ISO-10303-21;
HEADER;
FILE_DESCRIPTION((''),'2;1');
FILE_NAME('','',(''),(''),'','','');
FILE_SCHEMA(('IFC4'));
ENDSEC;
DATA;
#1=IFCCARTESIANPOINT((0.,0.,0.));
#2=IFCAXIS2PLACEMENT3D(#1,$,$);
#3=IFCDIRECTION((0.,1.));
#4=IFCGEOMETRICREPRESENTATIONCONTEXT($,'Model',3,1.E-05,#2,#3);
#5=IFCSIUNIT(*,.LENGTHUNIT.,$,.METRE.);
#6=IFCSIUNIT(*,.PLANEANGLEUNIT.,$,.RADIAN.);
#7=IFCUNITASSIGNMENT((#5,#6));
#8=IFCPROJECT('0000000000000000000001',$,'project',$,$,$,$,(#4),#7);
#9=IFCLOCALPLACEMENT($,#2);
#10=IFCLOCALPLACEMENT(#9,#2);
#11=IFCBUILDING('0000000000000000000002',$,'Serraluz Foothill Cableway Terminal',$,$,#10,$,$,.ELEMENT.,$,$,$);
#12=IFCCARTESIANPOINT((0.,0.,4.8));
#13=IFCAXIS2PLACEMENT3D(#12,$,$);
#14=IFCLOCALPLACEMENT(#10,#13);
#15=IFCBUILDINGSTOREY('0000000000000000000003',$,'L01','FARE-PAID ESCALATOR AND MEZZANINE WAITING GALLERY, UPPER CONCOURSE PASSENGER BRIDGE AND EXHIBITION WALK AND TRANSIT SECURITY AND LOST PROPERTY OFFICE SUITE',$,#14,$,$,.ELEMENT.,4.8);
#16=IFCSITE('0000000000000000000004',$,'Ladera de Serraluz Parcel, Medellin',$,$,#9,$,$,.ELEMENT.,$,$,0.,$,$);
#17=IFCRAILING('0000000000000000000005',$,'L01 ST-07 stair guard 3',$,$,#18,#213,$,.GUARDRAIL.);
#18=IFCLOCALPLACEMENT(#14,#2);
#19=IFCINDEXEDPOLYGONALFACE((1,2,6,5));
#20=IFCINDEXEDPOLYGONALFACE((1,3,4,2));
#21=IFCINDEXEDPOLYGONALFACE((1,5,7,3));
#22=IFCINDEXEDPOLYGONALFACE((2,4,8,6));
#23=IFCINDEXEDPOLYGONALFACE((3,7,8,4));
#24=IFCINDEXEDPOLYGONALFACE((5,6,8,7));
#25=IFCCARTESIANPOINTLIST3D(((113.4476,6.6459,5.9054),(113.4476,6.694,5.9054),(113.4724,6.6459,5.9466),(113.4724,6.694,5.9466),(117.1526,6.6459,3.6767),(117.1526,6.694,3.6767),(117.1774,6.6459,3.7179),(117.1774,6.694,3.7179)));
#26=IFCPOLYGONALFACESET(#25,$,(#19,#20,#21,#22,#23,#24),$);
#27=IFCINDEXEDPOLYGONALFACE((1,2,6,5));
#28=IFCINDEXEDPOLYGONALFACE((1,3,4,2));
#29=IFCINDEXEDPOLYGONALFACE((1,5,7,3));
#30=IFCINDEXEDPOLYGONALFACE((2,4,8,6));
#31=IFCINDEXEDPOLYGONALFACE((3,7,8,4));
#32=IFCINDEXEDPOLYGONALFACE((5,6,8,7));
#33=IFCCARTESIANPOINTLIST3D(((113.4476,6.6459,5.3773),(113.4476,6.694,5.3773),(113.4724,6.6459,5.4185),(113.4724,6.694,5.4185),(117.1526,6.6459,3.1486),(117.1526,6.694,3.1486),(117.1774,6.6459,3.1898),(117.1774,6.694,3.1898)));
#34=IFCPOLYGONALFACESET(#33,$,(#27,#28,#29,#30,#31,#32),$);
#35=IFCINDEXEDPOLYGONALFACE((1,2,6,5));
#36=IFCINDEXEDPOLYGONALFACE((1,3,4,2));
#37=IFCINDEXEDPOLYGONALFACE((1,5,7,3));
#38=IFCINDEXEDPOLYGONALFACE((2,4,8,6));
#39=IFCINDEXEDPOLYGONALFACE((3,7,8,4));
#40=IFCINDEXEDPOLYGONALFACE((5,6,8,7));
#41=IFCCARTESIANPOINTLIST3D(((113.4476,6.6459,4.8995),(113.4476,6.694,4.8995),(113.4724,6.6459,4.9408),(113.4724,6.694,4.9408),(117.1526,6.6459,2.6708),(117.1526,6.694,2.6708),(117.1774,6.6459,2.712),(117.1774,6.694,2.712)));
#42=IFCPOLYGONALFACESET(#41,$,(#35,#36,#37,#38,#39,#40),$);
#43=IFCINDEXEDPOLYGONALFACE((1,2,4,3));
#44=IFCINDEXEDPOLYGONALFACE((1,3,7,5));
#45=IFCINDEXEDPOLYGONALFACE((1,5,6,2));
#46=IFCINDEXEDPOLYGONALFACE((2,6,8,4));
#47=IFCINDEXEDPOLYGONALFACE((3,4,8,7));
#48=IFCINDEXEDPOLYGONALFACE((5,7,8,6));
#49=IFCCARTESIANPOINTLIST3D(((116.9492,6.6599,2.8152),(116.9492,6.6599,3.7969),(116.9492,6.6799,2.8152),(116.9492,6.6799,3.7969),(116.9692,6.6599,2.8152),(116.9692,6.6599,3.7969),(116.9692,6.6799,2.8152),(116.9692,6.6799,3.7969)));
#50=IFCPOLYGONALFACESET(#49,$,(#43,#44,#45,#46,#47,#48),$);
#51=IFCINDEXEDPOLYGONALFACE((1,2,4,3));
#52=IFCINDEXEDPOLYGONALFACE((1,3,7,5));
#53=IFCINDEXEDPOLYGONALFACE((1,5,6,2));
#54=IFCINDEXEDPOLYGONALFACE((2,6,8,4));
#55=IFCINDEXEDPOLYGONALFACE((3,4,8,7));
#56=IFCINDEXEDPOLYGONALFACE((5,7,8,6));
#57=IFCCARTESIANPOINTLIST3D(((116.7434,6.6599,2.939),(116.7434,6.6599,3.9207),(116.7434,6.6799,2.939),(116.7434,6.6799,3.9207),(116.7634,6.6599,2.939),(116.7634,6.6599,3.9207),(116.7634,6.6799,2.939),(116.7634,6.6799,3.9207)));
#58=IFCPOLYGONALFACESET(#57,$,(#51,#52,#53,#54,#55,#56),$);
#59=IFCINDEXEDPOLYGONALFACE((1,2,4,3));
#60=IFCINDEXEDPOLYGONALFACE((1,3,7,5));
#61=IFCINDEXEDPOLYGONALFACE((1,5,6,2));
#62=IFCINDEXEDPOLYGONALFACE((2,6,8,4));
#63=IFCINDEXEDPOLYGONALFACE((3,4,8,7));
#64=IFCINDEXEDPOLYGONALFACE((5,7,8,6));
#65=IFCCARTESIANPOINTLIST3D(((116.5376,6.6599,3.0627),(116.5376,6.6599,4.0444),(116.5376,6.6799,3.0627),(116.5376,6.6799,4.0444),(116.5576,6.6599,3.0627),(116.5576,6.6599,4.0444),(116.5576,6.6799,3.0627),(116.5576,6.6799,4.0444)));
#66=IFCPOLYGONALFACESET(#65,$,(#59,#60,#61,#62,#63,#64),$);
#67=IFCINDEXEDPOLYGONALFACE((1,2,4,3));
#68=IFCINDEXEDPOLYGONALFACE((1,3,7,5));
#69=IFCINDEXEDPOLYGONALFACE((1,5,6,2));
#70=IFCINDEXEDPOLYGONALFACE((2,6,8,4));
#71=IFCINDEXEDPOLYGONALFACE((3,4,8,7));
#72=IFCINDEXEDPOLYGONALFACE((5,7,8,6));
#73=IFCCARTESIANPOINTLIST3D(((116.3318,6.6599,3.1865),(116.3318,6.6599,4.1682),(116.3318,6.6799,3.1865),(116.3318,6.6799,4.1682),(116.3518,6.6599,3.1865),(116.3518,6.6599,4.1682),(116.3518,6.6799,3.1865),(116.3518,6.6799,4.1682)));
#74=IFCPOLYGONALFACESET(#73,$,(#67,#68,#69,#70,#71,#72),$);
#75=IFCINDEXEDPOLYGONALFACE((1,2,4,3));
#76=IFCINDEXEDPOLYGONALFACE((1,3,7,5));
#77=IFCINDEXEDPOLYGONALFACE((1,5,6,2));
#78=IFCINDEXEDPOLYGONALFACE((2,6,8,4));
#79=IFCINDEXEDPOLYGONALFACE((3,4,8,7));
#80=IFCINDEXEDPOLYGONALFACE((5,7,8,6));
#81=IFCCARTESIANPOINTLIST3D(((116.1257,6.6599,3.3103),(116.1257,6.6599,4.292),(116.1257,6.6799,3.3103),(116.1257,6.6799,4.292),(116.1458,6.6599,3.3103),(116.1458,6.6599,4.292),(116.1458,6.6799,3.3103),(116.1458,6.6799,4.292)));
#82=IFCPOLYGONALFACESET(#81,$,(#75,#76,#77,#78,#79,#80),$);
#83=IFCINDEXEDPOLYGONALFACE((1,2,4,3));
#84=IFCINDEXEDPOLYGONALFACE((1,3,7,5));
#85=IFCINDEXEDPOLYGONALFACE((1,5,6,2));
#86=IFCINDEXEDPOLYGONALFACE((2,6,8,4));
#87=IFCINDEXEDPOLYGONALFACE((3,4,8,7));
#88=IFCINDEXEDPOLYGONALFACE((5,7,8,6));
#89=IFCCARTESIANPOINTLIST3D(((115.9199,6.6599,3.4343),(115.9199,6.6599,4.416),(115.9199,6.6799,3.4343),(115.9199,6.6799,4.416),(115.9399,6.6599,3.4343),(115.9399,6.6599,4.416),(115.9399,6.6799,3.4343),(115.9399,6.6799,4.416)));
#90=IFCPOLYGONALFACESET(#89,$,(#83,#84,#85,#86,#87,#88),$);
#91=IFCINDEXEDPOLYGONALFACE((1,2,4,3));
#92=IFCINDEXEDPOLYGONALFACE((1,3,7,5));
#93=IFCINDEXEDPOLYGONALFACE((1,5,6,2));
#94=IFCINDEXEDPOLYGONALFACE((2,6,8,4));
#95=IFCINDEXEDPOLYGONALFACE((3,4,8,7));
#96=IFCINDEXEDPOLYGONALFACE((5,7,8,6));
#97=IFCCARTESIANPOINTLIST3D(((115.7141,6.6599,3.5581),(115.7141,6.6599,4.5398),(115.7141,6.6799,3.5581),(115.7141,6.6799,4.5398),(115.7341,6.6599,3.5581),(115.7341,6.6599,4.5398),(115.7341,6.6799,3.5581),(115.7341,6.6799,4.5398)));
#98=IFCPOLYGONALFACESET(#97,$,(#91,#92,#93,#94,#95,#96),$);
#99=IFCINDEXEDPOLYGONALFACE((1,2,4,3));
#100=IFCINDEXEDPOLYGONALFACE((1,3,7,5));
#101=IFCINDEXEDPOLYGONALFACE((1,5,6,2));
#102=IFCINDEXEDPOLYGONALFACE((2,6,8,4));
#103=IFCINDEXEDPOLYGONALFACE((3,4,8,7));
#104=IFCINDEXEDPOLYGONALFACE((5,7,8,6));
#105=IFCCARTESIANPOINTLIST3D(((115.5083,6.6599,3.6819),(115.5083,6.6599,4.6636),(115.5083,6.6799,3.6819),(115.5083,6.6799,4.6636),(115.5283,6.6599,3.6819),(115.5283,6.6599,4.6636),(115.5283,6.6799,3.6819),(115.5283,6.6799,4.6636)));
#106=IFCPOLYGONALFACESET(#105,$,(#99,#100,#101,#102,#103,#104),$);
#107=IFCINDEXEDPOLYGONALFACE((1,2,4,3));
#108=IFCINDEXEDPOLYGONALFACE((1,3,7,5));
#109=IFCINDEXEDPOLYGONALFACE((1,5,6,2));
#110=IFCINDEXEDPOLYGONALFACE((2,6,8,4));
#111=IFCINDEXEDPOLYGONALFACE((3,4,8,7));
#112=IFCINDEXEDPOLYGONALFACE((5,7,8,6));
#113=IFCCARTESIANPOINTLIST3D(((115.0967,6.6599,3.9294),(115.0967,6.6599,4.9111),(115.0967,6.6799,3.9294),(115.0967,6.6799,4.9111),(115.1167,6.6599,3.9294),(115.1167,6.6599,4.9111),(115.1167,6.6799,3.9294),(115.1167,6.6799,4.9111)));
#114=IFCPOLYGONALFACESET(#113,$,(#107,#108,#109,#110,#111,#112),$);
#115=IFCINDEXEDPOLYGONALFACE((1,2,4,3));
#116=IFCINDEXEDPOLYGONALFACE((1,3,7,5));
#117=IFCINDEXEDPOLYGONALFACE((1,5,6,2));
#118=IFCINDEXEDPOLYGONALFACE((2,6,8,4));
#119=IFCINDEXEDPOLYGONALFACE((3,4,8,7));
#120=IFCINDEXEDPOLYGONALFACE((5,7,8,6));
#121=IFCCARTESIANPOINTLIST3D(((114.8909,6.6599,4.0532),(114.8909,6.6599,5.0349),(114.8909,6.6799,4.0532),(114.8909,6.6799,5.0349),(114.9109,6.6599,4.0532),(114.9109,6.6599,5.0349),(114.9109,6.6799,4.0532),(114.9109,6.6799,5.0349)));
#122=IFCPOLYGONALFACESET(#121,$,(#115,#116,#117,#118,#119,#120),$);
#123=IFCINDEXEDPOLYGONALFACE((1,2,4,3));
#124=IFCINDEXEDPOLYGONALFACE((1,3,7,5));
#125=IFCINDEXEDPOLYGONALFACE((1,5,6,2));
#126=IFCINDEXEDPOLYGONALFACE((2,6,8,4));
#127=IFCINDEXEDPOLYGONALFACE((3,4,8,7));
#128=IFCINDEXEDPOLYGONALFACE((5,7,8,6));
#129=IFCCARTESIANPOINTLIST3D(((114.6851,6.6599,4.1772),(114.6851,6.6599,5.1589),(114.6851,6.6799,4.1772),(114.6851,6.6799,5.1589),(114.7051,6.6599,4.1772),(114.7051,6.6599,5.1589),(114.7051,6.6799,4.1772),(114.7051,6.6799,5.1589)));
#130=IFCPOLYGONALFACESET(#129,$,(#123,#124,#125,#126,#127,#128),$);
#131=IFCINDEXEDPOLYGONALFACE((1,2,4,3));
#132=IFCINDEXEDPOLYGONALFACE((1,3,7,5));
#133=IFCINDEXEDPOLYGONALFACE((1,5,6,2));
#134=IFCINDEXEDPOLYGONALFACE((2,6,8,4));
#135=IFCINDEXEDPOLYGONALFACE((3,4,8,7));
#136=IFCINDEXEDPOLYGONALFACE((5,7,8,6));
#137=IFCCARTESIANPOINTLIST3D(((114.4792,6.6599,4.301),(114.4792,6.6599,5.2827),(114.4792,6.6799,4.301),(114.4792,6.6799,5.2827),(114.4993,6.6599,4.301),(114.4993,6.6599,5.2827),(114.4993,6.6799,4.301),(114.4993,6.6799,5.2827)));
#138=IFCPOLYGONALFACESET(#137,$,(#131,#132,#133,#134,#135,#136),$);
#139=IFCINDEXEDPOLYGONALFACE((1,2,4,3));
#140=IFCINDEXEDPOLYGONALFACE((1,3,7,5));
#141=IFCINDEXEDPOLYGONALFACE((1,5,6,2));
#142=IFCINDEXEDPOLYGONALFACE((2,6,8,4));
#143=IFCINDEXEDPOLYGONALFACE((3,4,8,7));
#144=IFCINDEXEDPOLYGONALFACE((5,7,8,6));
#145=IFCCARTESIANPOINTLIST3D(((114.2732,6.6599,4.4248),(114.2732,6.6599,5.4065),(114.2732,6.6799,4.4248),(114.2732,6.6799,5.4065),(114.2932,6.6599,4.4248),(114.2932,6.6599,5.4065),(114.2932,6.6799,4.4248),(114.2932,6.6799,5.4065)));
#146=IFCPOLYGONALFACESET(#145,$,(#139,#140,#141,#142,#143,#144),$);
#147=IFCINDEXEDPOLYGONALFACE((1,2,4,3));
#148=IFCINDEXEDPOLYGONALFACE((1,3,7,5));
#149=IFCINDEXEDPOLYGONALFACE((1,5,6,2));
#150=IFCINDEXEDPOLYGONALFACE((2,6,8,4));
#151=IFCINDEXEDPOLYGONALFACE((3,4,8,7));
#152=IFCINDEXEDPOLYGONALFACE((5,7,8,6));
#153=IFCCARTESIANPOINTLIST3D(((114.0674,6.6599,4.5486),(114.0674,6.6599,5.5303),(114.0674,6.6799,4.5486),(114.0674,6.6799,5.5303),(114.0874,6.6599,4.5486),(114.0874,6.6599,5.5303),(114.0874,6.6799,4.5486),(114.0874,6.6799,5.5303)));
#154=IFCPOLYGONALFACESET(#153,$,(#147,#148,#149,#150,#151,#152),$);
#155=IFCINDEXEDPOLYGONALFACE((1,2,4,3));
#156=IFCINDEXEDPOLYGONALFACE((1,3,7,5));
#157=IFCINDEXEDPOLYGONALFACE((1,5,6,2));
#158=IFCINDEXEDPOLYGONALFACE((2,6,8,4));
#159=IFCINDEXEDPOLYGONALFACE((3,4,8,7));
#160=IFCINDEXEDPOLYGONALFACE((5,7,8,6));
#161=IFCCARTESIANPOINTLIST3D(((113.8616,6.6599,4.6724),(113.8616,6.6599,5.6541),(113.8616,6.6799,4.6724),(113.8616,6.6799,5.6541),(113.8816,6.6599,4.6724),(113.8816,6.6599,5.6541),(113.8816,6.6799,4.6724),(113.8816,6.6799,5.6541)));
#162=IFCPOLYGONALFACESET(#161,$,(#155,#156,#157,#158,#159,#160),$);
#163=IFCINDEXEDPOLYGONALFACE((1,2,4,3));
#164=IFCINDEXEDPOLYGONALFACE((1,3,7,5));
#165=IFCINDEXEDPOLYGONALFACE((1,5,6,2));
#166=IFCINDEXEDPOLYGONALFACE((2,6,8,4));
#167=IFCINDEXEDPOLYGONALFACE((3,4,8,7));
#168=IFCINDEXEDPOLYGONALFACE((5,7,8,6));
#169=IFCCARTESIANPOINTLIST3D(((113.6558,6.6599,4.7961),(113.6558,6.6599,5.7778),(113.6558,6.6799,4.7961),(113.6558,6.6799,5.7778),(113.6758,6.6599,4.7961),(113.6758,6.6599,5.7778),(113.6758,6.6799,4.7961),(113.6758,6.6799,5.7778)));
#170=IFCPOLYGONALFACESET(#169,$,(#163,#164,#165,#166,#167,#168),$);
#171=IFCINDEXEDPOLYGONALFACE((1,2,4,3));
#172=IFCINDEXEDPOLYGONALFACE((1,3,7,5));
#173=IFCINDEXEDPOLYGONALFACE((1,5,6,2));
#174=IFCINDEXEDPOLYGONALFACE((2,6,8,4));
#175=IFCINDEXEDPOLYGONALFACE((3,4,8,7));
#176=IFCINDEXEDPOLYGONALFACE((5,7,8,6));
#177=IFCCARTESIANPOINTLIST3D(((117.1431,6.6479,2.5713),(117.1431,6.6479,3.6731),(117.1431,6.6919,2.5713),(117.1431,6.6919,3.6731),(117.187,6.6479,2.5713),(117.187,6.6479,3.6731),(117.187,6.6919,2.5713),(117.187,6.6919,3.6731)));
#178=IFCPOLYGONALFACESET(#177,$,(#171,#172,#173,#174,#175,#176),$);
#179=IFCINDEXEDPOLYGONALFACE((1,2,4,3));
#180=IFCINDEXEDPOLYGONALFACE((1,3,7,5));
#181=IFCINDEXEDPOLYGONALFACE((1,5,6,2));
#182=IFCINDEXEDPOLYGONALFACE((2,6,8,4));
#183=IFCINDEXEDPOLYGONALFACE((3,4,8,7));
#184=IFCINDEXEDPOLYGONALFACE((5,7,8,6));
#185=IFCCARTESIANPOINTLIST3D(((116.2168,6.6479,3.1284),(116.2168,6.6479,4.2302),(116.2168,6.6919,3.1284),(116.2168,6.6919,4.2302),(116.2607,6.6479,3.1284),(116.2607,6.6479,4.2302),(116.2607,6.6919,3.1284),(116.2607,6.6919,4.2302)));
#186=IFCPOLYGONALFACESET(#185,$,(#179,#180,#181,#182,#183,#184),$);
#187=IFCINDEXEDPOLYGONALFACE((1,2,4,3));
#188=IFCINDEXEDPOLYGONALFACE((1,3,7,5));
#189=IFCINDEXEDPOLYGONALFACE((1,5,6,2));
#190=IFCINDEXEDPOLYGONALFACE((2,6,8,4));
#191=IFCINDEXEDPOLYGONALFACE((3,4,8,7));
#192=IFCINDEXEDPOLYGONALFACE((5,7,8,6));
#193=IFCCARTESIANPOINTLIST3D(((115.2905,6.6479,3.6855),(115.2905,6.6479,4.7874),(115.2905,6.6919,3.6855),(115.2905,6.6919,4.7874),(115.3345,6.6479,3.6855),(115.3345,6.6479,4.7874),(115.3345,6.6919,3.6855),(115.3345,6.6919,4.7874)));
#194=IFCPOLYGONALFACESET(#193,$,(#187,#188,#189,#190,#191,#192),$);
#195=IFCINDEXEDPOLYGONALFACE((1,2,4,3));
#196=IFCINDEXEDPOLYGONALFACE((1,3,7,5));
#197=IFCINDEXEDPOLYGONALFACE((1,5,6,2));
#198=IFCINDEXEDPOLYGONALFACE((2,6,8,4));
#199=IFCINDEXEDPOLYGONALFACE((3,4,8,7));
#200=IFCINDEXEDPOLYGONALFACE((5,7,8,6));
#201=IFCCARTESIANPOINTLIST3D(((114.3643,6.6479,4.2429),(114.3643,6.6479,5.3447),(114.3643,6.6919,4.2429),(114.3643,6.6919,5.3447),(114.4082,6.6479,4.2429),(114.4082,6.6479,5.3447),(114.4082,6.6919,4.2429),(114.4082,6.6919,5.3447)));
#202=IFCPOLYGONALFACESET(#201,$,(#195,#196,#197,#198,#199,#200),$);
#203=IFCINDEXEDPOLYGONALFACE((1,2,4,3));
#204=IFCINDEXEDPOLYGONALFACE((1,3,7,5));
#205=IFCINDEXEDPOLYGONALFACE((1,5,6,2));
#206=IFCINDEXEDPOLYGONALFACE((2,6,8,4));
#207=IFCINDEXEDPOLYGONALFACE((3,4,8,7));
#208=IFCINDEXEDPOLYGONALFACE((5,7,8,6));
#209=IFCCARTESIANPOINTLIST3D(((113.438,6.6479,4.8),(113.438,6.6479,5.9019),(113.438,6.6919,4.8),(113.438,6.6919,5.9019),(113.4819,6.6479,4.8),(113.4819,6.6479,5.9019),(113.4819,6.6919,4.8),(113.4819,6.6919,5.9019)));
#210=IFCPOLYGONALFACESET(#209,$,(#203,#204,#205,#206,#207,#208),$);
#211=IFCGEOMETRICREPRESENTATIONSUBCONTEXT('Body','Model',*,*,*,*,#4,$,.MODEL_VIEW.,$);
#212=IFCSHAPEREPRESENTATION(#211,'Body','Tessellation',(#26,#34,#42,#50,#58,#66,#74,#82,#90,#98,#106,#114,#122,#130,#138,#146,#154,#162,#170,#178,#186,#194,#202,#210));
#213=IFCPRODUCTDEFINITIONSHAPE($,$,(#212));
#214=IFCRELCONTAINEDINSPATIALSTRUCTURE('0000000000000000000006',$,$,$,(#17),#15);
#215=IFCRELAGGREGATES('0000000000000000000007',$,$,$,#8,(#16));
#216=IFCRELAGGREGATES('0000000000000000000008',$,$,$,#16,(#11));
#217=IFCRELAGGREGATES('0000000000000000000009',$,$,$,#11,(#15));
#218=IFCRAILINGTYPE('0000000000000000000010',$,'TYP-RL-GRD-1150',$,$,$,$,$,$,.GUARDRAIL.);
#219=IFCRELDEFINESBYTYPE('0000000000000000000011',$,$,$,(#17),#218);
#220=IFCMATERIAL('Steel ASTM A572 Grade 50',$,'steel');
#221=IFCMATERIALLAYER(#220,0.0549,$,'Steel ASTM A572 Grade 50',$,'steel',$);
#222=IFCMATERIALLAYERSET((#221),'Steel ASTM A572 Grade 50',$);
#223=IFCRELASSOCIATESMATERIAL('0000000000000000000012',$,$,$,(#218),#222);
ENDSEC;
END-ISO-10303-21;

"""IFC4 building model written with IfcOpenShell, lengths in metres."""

from ifc_helpers import new_model, si_unit, direction, frame, origin, origin_2d, place, context, subcontext, project, spatial, rectangle, extrude, material, layer, layer_set, type_object, element, save


model = new_model("IFC4")

# Units and contexts
model_context = context("Model", 3, precision=1e-05, world=origin(), true_north=direction((0.0, 1.0)))
body_context = subcontext(model_context, "Body", "Model", "MODEL_VIEW")
ifc_project = project(units=[si_unit("LENGTHUNIT", "METRE"), si_unit("PLANEANGLEUNIT", "RADIAN")], contexts=[model_context])

# Site, building, storey
site_placement = place(None, origin())
site = spatial("IfcSite", under=ifc_project, at=site_placement, Name="Ladera de Serraluz Parcel, Medellin", CompositionType="ELEMENT", RefElevation=0.0)
building_placement = place(site_placement, origin())
building = spatial("IfcBuilding", under=site, at=building_placement, Name="Serraluz Foothill Cableway Terminal", CompositionType="ELEMENT")
storey_placement = place(building_placement, frame((0.0, 0.0, 4.8)))
storey = spatial("IfcBuildingStorey", under=building, at=storey_placement, Name="L01", Description="FARE-PAID ESCALATOR AND MEZZANINE WAITING GALLERY, UPPER CONCOURSE PASSENGER BRIDGE AND EXHIBITION WALK AND TRANSIT SECURITY AND LOST PROPERTY OFFICE SUITE", CompositionType="ELEMENT", Elevation=4.8)

# Railing
ifc_material_1 = material(Name="Steel ASTM A572 Grade 50", Category="steel")
ifc_layer_1 = layer(ifc_material_1, 0.0549, Name="Steel ASTM A572 Grade 50", Category="steel")
ifc_layer_set_1 = layer_set([ifc_layer_1], Name="Steel ASTM A572 Grade 50")
railing_type_1 = type_object("IfcRailingType", Name="TYP-RL-GRD-1150", PredefinedType="GUARDRAIL", material=ifc_layer_set_1)
railing_1_placement = place(storey_placement, frame((117.165, 6.6699, 2.5713)))
element("IfcRailing", 1, at=railing_1_placement, inside=storey, type_object=railing_type_1, Name="L01 ST-07 stair guard 3", PredefinedType="GUARDRAIL", context=body_context, shape_type="SweptSolid", body=[
    extrude(rectangle(XDim=0.0481, YDim=0.0481, at=origin_2d()), frame((0.0, 0.0, 1.126), z_axis=(-0.856909, 0.0, 0.515467), x_axis=(0.0, -1.0, 0.0)), (0.0, 0.0, 1.0), 4.3237),
    extrude(rectangle(XDim=0.0481, YDim=0.0481, at=origin_2d()), frame((0.0, 0.0, 0.5979), z_axis=(-0.856909, 0.0, 0.515467), x_axis=(0.0, -1.0, 0.0)), (0.0, 0.0, 1.0), 4.3237),
    extrude(rectangle(XDim=0.0481, YDim=0.0481, at=origin_2d()), frame((0.0, 0.0, 0.1201), z_axis=(-0.856909, 0.0, 0.515467), x_axis=(0.0, -1.0, 0.0)), (0.0, 0.0, 1.0), 4.3237),
    extrude(rectangle(XDim=0.02, YDim=0.02, at=origin_2d()), frame((-0.2058, 0.0, 0.2439)), (0.0, 0.0, 1.0), 0.9817),
    extrude(rectangle(XDim=0.02, YDim=0.02, at=origin_2d()), frame((-0.4116, 0.0, 0.3677)), (0.0, 0.0, 1.0), 0.9817),
    extrude(rectangle(XDim=0.02, YDim=0.02, at=origin_2d()), frame((-0.6174, 0.0, 0.4915)), (0.0, 0.0, 1.0), 0.9817),
    extrude(rectangle(XDim=0.02, YDim=0.02, at=origin_2d()), frame((-0.8232, 0.0, 0.6152)), (0.0, 0.0, 1.0), 0.9817),
    extrude(rectangle(XDim=0.02, YDim=0.02, at=origin_2d()), frame((-1.0293, 0.0, 0.739)), (0.0, 0.0, 1.0), 0.9817),
    extrude(rectangle(XDim=0.02, YDim=0.02, at=origin_2d()), frame((-1.2351, 0.0, 0.863)), (0.0, 0.0, 1.0), 0.9817),
    extrude(rectangle(XDim=0.02, YDim=0.02, at=origin_2d()), frame((-1.4409, 0.0, 0.9868)), (0.0, 0.0, 1.0), 0.9817),
    extrude(rectangle(XDim=0.02, YDim=0.02, at=origin_2d()), frame((-1.6467, 0.0, 1.1106)), (0.0, 0.0, 1.0), 0.9817),
    extrude(rectangle(XDim=0.02, YDim=0.02, at=origin_2d()), frame((-2.0583, 0.0, 1.3582)), (0.0, 0.0, 1.0), 0.9817),
    extrude(rectangle(XDim=0.02, YDim=0.02, at=origin_2d()), frame((-2.2642, 0.0, 1.4819)), (0.0, 0.0, 1.0), 0.9817),
    extrude(rectangle(XDim=0.02, YDim=0.02, at=origin_2d()), frame((-2.47, 0.0, 1.606)), (0.0, 0.0, 1.0), 0.9817),
    extrude(rectangle(XDim=0.02, YDim=0.02, at=origin_2d()), frame((-2.6758, 0.0, 1.7297)), (0.0, 0.0, 1.0), 0.9817),
    extrude(rectangle(XDim=0.02, YDim=0.02, at=origin_2d()), frame((-2.8818, 0.0, 1.8535)), (0.0, 0.0, 1.0), 0.9817),
    extrude(rectangle(XDim=0.02, YDim=0.02, at=origin_2d()), frame((-3.0876, 0.0, 1.9773)), (0.0, 0.0, 1.0), 0.9817),
    extrude(rectangle(XDim=0.02, YDim=0.02, at=origin_2d()), frame((-3.2935, 0.0, 2.1011)), (0.0, 0.0, 1.0), 0.9817),
    extrude(rectangle(XDim=0.02, YDim=0.02, at=origin_2d()), frame((-3.4993, 0.0, 2.2249)), (0.0, 0.0, 1.0), 0.9817),
    extrude(rectangle(XDim=0.0439, YDim=0.0439, at=origin_2d()), origin(), (0.0, 0.0, 1.0), 1.1018),
    extrude(rectangle(XDim=0.0439, YDim=0.0439, at=origin_2d()), frame((-0.9263, 0.0, 0.5571)), (0.0, 0.0, 1.0), 1.1018),
    extrude(rectangle(XDim=0.0439, YDim=0.0439, at=origin_2d()), frame((-1.8525, 0.0, 1.1143)), (0.0, 0.0, 1.0), 1.1018),
    extrude(rectangle(XDim=0.0439, YDim=0.0439, at=origin_2d()), frame((-2.7788, 0.0, 1.6716)), (0.0, 0.0, 1.0), 1.1018),
    extrude(rectangle(XDim=0.0439, YDim=0.0439, at=origin_2d()), frame((-3.7051, 0.0, 2.2288)), (0.0, 0.0, 1.0), 1.1018),
])

save(model, "model.ifc")
